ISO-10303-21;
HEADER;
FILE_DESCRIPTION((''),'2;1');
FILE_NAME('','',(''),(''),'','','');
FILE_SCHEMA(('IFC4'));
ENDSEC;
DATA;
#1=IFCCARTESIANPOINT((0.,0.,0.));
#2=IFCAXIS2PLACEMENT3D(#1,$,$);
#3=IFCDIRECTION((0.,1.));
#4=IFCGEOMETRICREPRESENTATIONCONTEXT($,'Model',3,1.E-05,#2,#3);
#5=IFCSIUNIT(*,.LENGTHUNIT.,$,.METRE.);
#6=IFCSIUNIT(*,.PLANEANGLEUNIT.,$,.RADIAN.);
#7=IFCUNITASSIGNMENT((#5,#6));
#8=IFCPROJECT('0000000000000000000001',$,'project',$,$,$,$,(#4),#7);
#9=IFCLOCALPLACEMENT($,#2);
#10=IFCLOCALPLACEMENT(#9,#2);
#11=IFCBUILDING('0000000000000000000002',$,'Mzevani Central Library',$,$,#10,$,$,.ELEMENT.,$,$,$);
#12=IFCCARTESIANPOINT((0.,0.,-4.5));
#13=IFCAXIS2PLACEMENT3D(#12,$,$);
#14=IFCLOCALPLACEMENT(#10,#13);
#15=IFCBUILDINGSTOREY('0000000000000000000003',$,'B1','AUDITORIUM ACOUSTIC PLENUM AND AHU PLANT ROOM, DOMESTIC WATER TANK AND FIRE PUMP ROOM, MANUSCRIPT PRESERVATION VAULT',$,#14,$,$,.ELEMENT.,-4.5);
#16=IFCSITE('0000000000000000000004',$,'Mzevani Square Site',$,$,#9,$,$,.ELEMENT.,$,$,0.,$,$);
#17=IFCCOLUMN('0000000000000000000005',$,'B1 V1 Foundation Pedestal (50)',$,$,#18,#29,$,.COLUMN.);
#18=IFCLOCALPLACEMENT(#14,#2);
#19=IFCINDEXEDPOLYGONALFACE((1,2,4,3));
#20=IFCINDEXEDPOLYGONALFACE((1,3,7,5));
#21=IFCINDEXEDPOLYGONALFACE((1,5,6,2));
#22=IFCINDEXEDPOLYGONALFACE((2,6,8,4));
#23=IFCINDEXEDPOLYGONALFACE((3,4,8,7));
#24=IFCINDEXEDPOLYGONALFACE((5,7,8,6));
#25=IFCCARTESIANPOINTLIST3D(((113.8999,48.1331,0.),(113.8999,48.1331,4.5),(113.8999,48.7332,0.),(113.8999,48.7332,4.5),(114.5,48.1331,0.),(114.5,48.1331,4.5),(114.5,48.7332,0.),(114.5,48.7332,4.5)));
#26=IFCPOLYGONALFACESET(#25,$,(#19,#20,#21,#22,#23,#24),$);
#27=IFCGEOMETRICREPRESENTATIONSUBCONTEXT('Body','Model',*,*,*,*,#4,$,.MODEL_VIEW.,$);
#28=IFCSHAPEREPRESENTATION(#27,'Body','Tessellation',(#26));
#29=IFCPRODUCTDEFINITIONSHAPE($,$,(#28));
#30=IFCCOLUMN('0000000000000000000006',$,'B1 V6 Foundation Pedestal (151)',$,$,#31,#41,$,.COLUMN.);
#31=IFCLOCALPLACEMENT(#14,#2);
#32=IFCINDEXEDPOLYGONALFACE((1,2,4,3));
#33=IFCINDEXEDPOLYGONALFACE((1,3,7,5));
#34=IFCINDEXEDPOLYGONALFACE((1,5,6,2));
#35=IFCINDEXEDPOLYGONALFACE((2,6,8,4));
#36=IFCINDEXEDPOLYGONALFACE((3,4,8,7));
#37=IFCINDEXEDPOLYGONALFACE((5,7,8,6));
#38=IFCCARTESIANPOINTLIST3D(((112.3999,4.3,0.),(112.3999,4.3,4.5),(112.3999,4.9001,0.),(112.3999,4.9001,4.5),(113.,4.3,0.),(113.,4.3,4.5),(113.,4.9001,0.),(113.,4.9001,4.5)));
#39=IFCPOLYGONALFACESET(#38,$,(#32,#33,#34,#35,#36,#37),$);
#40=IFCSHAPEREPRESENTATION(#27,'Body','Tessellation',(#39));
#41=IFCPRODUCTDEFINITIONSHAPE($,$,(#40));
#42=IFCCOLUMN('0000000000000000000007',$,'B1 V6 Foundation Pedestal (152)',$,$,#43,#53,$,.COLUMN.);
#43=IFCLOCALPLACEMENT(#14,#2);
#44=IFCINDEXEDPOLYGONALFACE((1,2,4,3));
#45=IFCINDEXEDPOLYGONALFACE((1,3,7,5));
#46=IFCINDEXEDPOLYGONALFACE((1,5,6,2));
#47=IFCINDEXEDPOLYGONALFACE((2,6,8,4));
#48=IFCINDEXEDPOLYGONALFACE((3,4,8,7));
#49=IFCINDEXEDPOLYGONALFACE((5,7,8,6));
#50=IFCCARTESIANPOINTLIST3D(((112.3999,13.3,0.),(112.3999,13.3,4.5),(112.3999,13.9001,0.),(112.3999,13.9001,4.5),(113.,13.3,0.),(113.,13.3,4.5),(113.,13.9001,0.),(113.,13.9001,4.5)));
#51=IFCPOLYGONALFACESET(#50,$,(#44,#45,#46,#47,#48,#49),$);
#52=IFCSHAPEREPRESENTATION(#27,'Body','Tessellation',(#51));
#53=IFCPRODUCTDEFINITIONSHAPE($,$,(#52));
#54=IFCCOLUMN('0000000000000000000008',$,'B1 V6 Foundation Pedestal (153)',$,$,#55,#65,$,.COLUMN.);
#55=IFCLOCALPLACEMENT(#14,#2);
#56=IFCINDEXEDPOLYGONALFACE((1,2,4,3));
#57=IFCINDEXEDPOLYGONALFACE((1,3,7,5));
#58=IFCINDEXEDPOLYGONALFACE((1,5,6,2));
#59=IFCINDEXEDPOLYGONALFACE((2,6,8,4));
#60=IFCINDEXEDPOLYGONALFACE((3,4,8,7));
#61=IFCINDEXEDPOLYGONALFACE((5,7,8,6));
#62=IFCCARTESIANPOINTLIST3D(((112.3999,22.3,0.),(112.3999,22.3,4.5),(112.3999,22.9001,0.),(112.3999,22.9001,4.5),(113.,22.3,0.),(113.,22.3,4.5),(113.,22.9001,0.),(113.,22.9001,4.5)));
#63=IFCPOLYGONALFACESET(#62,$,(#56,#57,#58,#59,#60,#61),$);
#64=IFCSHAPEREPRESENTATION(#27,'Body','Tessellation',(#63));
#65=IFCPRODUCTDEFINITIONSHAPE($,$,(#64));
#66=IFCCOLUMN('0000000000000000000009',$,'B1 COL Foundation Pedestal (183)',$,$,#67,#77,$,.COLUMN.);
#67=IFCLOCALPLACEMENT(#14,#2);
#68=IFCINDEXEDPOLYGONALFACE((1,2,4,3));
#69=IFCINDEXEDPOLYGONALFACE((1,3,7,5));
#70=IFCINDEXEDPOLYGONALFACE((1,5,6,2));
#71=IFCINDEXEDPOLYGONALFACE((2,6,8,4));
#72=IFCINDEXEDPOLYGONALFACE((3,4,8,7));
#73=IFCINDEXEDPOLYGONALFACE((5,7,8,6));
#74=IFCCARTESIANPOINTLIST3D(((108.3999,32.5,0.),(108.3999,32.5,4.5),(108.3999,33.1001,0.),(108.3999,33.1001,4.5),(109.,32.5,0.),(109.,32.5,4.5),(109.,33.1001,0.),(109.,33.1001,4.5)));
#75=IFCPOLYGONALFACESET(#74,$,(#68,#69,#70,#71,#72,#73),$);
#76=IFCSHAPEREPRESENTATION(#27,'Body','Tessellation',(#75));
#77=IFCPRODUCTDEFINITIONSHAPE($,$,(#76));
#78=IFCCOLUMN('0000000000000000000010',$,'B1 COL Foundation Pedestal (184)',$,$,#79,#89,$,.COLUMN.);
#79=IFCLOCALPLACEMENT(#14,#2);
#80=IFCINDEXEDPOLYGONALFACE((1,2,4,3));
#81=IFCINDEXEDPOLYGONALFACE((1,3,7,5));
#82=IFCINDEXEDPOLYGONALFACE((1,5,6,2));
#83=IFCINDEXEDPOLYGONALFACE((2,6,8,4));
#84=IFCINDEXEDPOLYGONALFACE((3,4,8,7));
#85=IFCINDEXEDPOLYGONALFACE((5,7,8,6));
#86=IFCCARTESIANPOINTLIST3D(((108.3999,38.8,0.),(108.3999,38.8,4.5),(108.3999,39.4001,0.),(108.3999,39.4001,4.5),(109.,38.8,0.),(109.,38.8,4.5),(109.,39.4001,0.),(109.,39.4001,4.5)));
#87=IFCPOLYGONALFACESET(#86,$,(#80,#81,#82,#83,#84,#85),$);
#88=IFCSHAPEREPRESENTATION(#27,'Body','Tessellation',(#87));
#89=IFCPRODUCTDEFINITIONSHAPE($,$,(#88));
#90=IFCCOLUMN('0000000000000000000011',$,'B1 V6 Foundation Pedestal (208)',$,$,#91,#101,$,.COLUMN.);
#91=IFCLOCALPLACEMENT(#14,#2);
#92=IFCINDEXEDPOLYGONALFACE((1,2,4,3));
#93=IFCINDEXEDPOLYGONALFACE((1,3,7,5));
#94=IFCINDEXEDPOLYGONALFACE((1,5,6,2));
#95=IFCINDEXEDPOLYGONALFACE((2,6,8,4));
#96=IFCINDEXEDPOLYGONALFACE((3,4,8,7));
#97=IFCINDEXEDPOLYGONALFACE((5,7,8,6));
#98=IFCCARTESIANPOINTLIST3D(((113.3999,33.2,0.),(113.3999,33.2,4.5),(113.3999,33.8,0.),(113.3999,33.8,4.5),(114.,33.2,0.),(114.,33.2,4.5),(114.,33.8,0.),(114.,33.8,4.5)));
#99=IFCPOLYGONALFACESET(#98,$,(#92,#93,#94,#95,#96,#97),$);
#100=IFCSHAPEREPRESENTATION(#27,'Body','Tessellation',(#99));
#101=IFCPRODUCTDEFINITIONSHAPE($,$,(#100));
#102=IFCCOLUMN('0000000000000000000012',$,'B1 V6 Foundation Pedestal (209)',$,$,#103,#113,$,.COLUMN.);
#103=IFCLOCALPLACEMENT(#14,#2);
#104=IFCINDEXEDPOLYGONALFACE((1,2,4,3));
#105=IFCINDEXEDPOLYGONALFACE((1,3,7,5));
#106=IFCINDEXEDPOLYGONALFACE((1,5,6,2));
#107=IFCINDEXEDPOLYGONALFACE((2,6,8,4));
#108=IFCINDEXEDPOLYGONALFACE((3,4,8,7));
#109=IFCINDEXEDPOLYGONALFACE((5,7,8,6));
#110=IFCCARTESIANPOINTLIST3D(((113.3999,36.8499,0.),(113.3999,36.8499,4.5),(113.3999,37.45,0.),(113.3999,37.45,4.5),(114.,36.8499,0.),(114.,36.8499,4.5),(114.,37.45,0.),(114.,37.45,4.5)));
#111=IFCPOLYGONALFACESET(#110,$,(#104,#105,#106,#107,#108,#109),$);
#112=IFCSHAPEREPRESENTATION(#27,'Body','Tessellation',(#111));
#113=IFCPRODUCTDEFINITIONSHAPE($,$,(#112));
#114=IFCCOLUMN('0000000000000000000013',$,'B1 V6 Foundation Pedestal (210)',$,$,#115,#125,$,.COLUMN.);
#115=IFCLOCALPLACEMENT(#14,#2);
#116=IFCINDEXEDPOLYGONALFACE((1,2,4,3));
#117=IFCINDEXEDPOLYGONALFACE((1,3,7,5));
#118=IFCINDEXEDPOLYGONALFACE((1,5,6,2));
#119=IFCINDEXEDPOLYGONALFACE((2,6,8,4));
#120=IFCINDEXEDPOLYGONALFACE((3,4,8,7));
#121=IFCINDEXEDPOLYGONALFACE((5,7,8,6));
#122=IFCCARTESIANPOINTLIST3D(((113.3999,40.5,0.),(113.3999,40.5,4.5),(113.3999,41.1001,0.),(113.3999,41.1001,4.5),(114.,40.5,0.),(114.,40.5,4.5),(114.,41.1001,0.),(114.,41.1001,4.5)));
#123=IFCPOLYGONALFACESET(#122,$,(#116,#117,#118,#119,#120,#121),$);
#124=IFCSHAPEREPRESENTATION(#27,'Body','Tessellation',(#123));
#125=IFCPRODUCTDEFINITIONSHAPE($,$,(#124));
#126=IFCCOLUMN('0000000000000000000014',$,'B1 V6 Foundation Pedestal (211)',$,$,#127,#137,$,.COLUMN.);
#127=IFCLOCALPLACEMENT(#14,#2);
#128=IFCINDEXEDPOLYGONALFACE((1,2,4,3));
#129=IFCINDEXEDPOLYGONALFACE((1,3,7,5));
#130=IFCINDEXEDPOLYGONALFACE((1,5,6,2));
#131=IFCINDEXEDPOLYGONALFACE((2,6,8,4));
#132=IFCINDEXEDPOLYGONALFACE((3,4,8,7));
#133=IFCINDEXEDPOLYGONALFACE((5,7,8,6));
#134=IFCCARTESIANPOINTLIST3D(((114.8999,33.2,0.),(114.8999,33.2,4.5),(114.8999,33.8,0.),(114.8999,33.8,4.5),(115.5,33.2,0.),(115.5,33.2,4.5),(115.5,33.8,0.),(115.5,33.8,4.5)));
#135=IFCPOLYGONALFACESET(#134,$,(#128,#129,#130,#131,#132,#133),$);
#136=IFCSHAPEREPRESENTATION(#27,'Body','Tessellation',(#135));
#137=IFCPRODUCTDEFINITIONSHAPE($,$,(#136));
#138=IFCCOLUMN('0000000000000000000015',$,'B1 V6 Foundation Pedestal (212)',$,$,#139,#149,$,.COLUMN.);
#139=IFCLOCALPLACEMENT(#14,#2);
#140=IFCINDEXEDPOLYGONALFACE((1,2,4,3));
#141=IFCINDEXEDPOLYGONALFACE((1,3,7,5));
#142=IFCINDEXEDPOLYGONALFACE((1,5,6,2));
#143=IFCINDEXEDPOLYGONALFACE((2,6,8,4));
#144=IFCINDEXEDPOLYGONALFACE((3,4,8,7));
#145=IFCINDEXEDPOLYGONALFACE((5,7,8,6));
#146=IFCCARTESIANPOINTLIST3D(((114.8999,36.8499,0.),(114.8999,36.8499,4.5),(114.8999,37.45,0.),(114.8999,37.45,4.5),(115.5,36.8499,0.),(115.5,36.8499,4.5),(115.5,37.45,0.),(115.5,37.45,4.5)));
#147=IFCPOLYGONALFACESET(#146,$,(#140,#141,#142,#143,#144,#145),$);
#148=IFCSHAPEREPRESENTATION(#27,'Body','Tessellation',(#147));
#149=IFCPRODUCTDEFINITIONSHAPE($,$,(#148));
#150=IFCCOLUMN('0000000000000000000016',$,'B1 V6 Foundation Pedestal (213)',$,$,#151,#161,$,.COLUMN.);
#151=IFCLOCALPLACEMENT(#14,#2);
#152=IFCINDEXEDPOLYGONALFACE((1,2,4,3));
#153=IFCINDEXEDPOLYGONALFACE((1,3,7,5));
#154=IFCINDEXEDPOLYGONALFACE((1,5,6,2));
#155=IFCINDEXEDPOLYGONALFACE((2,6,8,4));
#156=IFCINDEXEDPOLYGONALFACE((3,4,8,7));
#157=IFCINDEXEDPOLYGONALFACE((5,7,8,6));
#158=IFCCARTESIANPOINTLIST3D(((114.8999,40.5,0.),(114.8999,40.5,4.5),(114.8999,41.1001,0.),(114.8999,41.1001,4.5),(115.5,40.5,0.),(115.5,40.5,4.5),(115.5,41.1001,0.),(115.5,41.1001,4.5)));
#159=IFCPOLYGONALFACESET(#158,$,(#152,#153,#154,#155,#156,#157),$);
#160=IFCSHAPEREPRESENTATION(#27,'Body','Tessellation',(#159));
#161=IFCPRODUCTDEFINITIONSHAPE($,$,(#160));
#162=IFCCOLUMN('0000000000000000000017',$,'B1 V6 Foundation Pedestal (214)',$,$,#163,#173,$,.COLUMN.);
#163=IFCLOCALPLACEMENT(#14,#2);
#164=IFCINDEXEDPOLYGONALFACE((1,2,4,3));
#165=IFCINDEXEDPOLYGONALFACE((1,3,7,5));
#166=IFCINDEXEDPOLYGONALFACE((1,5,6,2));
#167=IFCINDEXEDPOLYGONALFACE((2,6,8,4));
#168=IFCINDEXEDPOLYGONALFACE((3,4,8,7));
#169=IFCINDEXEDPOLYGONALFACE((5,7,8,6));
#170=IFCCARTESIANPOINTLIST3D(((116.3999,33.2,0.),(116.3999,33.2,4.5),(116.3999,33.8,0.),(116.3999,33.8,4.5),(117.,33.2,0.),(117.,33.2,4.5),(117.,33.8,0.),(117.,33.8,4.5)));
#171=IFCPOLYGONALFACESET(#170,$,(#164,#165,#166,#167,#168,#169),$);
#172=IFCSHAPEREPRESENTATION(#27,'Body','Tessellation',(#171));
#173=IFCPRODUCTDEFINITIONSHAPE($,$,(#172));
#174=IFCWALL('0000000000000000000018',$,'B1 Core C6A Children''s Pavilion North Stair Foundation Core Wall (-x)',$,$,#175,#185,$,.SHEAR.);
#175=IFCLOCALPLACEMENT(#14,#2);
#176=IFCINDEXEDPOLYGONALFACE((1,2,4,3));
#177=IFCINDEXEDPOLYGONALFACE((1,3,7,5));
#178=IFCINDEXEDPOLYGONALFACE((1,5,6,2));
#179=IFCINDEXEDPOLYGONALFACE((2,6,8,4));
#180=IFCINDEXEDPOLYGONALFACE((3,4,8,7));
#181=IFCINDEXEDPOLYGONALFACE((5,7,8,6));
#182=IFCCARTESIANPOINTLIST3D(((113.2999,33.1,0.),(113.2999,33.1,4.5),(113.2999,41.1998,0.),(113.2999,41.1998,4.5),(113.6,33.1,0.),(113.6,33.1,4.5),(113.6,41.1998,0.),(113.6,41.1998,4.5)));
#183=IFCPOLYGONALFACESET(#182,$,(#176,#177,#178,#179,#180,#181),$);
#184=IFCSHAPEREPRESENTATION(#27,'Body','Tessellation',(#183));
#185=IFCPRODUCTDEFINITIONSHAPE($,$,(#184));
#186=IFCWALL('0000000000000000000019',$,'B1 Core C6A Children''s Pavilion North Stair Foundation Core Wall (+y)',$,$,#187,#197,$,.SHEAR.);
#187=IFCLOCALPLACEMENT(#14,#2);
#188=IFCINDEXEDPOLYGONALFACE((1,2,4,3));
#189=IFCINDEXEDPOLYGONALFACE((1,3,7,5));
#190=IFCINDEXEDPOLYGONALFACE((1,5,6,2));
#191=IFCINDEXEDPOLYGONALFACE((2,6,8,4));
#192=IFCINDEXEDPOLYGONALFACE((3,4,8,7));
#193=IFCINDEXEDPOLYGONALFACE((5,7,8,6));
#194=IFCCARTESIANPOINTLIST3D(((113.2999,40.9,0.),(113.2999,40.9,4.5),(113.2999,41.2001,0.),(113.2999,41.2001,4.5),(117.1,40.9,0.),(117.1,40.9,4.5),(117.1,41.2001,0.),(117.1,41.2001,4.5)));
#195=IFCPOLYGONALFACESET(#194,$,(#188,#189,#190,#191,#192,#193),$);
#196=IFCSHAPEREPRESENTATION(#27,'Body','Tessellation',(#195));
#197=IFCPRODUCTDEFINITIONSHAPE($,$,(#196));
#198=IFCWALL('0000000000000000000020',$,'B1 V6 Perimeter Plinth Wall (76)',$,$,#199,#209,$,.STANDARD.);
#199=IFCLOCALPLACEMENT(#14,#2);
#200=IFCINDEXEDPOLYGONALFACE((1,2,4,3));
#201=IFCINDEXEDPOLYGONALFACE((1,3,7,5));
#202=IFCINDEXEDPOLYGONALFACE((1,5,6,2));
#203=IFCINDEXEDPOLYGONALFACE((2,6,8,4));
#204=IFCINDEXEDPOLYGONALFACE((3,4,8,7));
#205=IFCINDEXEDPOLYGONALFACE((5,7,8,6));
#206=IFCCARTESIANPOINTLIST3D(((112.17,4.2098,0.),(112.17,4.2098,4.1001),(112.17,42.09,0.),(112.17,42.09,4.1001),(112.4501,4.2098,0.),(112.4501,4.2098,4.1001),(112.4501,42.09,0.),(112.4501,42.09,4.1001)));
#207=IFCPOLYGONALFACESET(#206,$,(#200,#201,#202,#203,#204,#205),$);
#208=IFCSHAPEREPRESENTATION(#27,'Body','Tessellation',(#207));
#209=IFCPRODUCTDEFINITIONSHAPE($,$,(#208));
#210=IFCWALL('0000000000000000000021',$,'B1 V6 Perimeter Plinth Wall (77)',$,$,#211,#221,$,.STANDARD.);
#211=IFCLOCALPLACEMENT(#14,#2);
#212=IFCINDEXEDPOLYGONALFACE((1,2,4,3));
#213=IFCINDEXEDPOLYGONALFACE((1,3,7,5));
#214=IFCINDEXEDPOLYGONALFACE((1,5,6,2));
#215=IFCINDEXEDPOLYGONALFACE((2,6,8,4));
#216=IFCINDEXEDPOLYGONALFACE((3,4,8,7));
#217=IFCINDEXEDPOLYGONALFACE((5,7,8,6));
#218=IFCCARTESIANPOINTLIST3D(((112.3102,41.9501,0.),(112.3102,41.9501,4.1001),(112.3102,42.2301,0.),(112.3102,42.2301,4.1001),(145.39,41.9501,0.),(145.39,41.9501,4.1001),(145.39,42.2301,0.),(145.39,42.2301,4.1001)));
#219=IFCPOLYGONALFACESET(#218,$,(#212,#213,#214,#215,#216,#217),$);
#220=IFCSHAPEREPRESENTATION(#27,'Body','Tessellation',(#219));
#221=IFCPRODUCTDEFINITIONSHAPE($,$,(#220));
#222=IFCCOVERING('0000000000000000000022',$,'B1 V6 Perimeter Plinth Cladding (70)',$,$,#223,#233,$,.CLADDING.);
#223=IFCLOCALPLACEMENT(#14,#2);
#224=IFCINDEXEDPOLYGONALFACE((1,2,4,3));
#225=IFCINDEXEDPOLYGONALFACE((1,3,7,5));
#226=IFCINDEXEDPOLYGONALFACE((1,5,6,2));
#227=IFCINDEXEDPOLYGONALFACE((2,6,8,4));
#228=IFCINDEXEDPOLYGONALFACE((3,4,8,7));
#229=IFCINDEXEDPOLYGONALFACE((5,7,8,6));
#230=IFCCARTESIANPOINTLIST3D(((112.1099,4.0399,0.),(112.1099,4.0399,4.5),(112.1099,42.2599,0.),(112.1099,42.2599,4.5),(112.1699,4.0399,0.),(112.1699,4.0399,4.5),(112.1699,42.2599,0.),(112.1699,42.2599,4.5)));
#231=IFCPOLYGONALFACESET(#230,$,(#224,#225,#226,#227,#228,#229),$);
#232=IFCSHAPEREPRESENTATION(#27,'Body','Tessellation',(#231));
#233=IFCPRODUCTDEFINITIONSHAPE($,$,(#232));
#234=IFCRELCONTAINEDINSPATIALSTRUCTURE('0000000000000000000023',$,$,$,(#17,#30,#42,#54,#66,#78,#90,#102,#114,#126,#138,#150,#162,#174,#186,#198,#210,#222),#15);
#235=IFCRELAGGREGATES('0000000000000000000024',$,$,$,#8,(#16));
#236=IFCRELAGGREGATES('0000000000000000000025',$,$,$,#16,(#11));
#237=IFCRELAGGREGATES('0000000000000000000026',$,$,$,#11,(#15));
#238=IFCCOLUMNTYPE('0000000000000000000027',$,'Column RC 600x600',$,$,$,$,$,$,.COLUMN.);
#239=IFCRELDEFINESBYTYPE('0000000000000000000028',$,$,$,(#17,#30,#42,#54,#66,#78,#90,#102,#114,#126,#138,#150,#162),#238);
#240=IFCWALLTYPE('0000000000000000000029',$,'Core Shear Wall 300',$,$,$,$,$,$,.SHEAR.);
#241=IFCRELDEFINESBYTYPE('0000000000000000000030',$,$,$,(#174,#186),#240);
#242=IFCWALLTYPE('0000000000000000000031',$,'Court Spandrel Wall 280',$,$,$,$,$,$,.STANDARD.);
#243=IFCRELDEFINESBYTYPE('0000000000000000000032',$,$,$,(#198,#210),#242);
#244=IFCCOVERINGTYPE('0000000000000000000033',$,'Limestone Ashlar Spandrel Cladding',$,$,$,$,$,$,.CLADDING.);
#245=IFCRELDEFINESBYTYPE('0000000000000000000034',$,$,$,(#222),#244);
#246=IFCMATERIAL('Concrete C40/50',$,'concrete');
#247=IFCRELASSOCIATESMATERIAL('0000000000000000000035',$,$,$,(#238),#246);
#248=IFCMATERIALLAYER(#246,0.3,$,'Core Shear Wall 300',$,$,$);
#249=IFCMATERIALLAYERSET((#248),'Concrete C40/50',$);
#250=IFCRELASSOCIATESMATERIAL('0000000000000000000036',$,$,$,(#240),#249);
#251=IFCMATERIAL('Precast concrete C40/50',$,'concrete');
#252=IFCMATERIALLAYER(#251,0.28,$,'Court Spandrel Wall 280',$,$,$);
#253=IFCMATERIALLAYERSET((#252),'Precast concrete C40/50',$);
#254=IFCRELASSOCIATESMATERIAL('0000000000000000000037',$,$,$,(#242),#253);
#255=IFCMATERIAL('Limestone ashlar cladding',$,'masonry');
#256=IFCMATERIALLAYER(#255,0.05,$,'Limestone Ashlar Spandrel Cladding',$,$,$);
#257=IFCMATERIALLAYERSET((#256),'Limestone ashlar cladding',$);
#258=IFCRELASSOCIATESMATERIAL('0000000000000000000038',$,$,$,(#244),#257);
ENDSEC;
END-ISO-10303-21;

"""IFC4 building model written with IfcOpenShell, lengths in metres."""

from ifc_helpers import new_model, si_unit, direction, frame, frame_2d, origin, origin_2d, place, context, subcontext, project, spatial, rectangle, extrude, material, layer, layer_set, material_profile, profile_set, type_object, element, save


model = new_model("IFC4")

# Units and contexts
model_context = context("Model", 3, precision=1e-05, world=origin(), true_north=direction((0.0, 1.0)))
body_context = subcontext(model_context, "Body", "Model", "MODEL_VIEW")
ifc_project = project(units=[si_unit("LENGTHUNIT", "METRE"), si_unit("PLANEANGLEUNIT", "RADIAN")], contexts=[model_context])

# Site, building, storey
site_placement = place(None, origin())
site = spatial("IfcSite", under=ifc_project, at=site_placement, Name="Mzevani Square Site", CompositionType="ELEMENT", RefElevation=0.0)
building_placement = place(site_placement, origin())
building = spatial("IfcBuilding", under=site, at=building_placement, Name="Mzevani Central Library", CompositionType="ELEMENT")
storey_placement = place(building_placement, frame((0.0, 0.0, -4.5)))
storey = spatial("IfcBuildingStorey", under=building, at=storey_placement, Name="B1", Description="AUDITORIUM ACOUSTIC PLENUM AND AHU PLANT ROOM, DOMESTIC WATER TANK AND FIRE PUMP ROOM, MANUSCRIPT PRESERVATION VAULT", CompositionType="ELEMENT", Elevation=-4.5)

# Shared definitions
ifc_material_1 = material(Name="Concrete C40/50", Category="concrete")

# Columns
ifc_material_profile_1 = material_profile(ifc_material_1, rectangle(XDim=0.6001, YDim=0.6001, at=origin_2d()), Name="RC 600x600")
ifc_profile_set_1 = profile_set([ifc_material_profile_1], Name="Concrete C40/50")
column_type = type_object("IfcColumnType", Name="Column RC 600x600", PredefinedType="COLUMN", material=ifc_profile_set_1)
for number, where, z_axis, x_axis, name in (
    (1, (114.2, 48.4331, 0.0), (0.0, 0.0, 1.0), (1.0, 0.0, 0.0), "B1 V1 Foundation Pedestal (50)"),
    (2, (112.7, 4.6001, 0.0), (0.0, 0.0, 1.0), (1.0, 0.0, 0.0), "B1 V6 Foundation Pedestal (151)"),
    (3, (112.7, 13.6001, 0.0), (0.0, 0.0, 1.0), (1.0, 0.0, 0.0), "B1 V6 Foundation Pedestal (152)"),
    (4, (112.7, 22.6001, 0.0), (0.0, 0.0, 1.0), (1.0, 0.0, 0.0), "B1 V6 Foundation Pedestal (153)"),
    (5, (108.7, 32.8, 0.0), (0.0, 0.0, 1.0), (1.0, 0.0, 0.0), "B1 COL Foundation Pedestal (183)"),
    (6, (108.7, 39.1001, 0.0), (0.0, 0.0, 1.0), (1.0, 0.0, 0.0), "B1 COL Foundation Pedestal (184)"),
    (7, (113.7, 33.5, 0.0), (0.0, 0.0, 1.0), (1.0, 0.0, 0.0), "B1 V6 Foundation Pedestal (208)"),
    (8, (113.7, 37.1499, 0.0), (0.0, 0.0, 1.0), (1.0, 0.0, 0.0), "B1 V6 Foundation Pedestal (209)"),
    (9, (113.7, 40.8, 0.0), (0.0, 0.0, 1.0), (1.0, 0.0, 0.0), "B1 V6 Foundation Pedestal (210)"),
    (10, (115.2, 33.5, 0.0), (0.0, 0.0, 1.0), (1.0, 0.0, 0.0), "B1 V6 Foundation Pedestal (211)"),
    (11, (115.2, 37.1499, 0.0), (0.0, 0.0, 1.0), (1.0, 0.0, 0.0), "B1 V6 Foundation Pedestal (212)"),
    (12, (115.2, 40.8, 0.0), (0.0, 0.0, 1.0), (1.0, 0.0, 0.0), "B1 V6 Foundation Pedestal (213)"),
    (13, (116.7, 33.5, 0.0), (0.0, 0.0, 1.0), (1.0, 0.0, 0.0), "B1 V6 Foundation Pedestal (214)"),
):
    element("IfcColumn", number, at=place(storey_placement, frame(where, z_axis=z_axis, x_axis=x_axis)), inside=storey, type_object=column_type, Name=name, PredefinedType="COLUMN", context=body_context, shape_type="SweptSolid", body=[
        extrude(rectangle(XDim=0.6001, YDim=0.6001, at=origin_2d()), origin(), (0.0, 0.0, 1.0), 4.5),
    ])

# Walls
ifc_layer_1 = layer(ifc_material_1, 0.3, Name="Core Shear Wall 300")
ifc_layer_set_1 = layer_set([ifc_layer_1], Name="Concrete C40/50")
wall_type_1 = type_object("IfcWallType", Name="Core Shear Wall 300", PredefinedType="SHEAR", material=ifc_layer_set_1)
wall_1_placement = place(storey_placement, frame((113.45, 33.1001, 0.0), z_axis=(0.0, 0.0, 1.0), x_axis=(0.0, 1.0, 0.0)))
element("IfcWall", 14, at=wall_1_placement, inside=storey, type_object=wall_type_1, Name="B1 Core C6A Children's Pavilion North Stair Foundation Core Wall (-x)", PredefinedType="SHEAR", context=body_context, shape_type="SweptSolid", body=[
    extrude(rectangle(XDim=8.0999, YDim=0.3, at=frame_2d((4.0498, 0.0))), origin(), (0.0, 0.0, 1.0), 4.5),
])
wall_2_placement = place(storey_placement, frame((113.3, 41.05, 0.0), z_axis=(0.0, 0.0, 1.0), x_axis=(1.0, 0.0, 0.0)))
element("IfcWall", 15, at=wall_2_placement, inside=storey, type_object=wall_type_1, Name="B1 Core C6A Children's Pavilion North Stair Foundation Core Wall (+y)", PredefinedType="SHEAR", context=body_context, shape_type="SweptSolid", body=[
    extrude(rectangle(XDim=3.8, YDim=0.3, at=frame_2d((1.8999, 0.0))), origin(), (0.0, 0.0, 1.0), 4.5),
])
ifc_material_2 = material(Name="Precast concrete C40/50", Category="concrete")
ifc_layer_2 = layer(ifc_material_2, 0.28, Name="Court Spandrel Wall 280")
ifc_layer_set_2 = layer_set([ifc_layer_2], Name="Precast concrete C40/50")
wall_type_2 = type_object("IfcWallType", Name="Court Spandrel Wall 280", PredefinedType="STANDARD", material=ifc_layer_set_2)
wall_3_placement = place(storey_placement, frame((112.3101, 4.21, 0.0), z_axis=(0.0, 0.0, 1.0), x_axis=(0.0, 1.0, 0.0)))
element("IfcWall", 16, at=wall_3_placement, inside=storey, type_object=wall_type_2, Name="B1 V6 Perimeter Plinth Wall (76)", PredefinedType="STANDARD", context=body_context, shape_type="SweptSolid", body=[
    extrude(rectangle(XDim=37.8801, YDim=0.28, at=frame_2d((18.9399, 0.0))), origin(), (0.0, 0.0, 1.0), 4.1001),
])
wall_4_placement = place(storey_placement, frame((112.3101, 42.0901, 0.0), z_axis=(0.0, 0.0, 1.0), x_axis=(1.0, 0.0, 0.0)))
element("IfcWall", 17, at=wall_4_placement, inside=storey, type_object=wall_type_2, Name="B1 V6 Perimeter Plinth Wall (77)", PredefinedType="STANDARD", context=body_context, shape_type="SweptSolid", body=[
    extrude(rectangle(XDim=33.0798, YDim=0.28, at=frame_2d((16.54, 0.0))), origin(), (0.0, 0.0, 1.0), 4.1001),
])

# Covering
ifc_material_3 = material(Name="Limestone ashlar cladding", Category="masonry")
ifc_layer_3 = layer(ifc_material_3, 0.05, Name="Limestone Ashlar Spandrel Cladding")
ifc_layer_set_3 = layer_set([ifc_layer_3], Name="Limestone ashlar cladding")
covering_type = type_object("IfcCoveringType", Name="Limestone Ashlar Spandrel Cladding", PredefinedType="CLADDING", material=ifc_layer_set_3)
covering_placement = place(storey_placement, frame((112.1399, 23.1499, 0.0), z_axis=(0.0, 0.0, 1.0), x_axis=(0.0, 1.0, 0.0)))
element("IfcCovering", 18, at=covering_placement, inside=storey, type_object=covering_type, Name="B1 V6 Perimeter Plinth Cladding (70)", PredefinedType="CLADDING", context=body_context, shape_type="SweptSolid", body=[
    extrude(rectangle(XDim=38.22, YDim=0.0601, at=origin_2d()), origin(), (0.0, 0.0, 1.0), 4.5),
])

save(model, "model.ifc")
